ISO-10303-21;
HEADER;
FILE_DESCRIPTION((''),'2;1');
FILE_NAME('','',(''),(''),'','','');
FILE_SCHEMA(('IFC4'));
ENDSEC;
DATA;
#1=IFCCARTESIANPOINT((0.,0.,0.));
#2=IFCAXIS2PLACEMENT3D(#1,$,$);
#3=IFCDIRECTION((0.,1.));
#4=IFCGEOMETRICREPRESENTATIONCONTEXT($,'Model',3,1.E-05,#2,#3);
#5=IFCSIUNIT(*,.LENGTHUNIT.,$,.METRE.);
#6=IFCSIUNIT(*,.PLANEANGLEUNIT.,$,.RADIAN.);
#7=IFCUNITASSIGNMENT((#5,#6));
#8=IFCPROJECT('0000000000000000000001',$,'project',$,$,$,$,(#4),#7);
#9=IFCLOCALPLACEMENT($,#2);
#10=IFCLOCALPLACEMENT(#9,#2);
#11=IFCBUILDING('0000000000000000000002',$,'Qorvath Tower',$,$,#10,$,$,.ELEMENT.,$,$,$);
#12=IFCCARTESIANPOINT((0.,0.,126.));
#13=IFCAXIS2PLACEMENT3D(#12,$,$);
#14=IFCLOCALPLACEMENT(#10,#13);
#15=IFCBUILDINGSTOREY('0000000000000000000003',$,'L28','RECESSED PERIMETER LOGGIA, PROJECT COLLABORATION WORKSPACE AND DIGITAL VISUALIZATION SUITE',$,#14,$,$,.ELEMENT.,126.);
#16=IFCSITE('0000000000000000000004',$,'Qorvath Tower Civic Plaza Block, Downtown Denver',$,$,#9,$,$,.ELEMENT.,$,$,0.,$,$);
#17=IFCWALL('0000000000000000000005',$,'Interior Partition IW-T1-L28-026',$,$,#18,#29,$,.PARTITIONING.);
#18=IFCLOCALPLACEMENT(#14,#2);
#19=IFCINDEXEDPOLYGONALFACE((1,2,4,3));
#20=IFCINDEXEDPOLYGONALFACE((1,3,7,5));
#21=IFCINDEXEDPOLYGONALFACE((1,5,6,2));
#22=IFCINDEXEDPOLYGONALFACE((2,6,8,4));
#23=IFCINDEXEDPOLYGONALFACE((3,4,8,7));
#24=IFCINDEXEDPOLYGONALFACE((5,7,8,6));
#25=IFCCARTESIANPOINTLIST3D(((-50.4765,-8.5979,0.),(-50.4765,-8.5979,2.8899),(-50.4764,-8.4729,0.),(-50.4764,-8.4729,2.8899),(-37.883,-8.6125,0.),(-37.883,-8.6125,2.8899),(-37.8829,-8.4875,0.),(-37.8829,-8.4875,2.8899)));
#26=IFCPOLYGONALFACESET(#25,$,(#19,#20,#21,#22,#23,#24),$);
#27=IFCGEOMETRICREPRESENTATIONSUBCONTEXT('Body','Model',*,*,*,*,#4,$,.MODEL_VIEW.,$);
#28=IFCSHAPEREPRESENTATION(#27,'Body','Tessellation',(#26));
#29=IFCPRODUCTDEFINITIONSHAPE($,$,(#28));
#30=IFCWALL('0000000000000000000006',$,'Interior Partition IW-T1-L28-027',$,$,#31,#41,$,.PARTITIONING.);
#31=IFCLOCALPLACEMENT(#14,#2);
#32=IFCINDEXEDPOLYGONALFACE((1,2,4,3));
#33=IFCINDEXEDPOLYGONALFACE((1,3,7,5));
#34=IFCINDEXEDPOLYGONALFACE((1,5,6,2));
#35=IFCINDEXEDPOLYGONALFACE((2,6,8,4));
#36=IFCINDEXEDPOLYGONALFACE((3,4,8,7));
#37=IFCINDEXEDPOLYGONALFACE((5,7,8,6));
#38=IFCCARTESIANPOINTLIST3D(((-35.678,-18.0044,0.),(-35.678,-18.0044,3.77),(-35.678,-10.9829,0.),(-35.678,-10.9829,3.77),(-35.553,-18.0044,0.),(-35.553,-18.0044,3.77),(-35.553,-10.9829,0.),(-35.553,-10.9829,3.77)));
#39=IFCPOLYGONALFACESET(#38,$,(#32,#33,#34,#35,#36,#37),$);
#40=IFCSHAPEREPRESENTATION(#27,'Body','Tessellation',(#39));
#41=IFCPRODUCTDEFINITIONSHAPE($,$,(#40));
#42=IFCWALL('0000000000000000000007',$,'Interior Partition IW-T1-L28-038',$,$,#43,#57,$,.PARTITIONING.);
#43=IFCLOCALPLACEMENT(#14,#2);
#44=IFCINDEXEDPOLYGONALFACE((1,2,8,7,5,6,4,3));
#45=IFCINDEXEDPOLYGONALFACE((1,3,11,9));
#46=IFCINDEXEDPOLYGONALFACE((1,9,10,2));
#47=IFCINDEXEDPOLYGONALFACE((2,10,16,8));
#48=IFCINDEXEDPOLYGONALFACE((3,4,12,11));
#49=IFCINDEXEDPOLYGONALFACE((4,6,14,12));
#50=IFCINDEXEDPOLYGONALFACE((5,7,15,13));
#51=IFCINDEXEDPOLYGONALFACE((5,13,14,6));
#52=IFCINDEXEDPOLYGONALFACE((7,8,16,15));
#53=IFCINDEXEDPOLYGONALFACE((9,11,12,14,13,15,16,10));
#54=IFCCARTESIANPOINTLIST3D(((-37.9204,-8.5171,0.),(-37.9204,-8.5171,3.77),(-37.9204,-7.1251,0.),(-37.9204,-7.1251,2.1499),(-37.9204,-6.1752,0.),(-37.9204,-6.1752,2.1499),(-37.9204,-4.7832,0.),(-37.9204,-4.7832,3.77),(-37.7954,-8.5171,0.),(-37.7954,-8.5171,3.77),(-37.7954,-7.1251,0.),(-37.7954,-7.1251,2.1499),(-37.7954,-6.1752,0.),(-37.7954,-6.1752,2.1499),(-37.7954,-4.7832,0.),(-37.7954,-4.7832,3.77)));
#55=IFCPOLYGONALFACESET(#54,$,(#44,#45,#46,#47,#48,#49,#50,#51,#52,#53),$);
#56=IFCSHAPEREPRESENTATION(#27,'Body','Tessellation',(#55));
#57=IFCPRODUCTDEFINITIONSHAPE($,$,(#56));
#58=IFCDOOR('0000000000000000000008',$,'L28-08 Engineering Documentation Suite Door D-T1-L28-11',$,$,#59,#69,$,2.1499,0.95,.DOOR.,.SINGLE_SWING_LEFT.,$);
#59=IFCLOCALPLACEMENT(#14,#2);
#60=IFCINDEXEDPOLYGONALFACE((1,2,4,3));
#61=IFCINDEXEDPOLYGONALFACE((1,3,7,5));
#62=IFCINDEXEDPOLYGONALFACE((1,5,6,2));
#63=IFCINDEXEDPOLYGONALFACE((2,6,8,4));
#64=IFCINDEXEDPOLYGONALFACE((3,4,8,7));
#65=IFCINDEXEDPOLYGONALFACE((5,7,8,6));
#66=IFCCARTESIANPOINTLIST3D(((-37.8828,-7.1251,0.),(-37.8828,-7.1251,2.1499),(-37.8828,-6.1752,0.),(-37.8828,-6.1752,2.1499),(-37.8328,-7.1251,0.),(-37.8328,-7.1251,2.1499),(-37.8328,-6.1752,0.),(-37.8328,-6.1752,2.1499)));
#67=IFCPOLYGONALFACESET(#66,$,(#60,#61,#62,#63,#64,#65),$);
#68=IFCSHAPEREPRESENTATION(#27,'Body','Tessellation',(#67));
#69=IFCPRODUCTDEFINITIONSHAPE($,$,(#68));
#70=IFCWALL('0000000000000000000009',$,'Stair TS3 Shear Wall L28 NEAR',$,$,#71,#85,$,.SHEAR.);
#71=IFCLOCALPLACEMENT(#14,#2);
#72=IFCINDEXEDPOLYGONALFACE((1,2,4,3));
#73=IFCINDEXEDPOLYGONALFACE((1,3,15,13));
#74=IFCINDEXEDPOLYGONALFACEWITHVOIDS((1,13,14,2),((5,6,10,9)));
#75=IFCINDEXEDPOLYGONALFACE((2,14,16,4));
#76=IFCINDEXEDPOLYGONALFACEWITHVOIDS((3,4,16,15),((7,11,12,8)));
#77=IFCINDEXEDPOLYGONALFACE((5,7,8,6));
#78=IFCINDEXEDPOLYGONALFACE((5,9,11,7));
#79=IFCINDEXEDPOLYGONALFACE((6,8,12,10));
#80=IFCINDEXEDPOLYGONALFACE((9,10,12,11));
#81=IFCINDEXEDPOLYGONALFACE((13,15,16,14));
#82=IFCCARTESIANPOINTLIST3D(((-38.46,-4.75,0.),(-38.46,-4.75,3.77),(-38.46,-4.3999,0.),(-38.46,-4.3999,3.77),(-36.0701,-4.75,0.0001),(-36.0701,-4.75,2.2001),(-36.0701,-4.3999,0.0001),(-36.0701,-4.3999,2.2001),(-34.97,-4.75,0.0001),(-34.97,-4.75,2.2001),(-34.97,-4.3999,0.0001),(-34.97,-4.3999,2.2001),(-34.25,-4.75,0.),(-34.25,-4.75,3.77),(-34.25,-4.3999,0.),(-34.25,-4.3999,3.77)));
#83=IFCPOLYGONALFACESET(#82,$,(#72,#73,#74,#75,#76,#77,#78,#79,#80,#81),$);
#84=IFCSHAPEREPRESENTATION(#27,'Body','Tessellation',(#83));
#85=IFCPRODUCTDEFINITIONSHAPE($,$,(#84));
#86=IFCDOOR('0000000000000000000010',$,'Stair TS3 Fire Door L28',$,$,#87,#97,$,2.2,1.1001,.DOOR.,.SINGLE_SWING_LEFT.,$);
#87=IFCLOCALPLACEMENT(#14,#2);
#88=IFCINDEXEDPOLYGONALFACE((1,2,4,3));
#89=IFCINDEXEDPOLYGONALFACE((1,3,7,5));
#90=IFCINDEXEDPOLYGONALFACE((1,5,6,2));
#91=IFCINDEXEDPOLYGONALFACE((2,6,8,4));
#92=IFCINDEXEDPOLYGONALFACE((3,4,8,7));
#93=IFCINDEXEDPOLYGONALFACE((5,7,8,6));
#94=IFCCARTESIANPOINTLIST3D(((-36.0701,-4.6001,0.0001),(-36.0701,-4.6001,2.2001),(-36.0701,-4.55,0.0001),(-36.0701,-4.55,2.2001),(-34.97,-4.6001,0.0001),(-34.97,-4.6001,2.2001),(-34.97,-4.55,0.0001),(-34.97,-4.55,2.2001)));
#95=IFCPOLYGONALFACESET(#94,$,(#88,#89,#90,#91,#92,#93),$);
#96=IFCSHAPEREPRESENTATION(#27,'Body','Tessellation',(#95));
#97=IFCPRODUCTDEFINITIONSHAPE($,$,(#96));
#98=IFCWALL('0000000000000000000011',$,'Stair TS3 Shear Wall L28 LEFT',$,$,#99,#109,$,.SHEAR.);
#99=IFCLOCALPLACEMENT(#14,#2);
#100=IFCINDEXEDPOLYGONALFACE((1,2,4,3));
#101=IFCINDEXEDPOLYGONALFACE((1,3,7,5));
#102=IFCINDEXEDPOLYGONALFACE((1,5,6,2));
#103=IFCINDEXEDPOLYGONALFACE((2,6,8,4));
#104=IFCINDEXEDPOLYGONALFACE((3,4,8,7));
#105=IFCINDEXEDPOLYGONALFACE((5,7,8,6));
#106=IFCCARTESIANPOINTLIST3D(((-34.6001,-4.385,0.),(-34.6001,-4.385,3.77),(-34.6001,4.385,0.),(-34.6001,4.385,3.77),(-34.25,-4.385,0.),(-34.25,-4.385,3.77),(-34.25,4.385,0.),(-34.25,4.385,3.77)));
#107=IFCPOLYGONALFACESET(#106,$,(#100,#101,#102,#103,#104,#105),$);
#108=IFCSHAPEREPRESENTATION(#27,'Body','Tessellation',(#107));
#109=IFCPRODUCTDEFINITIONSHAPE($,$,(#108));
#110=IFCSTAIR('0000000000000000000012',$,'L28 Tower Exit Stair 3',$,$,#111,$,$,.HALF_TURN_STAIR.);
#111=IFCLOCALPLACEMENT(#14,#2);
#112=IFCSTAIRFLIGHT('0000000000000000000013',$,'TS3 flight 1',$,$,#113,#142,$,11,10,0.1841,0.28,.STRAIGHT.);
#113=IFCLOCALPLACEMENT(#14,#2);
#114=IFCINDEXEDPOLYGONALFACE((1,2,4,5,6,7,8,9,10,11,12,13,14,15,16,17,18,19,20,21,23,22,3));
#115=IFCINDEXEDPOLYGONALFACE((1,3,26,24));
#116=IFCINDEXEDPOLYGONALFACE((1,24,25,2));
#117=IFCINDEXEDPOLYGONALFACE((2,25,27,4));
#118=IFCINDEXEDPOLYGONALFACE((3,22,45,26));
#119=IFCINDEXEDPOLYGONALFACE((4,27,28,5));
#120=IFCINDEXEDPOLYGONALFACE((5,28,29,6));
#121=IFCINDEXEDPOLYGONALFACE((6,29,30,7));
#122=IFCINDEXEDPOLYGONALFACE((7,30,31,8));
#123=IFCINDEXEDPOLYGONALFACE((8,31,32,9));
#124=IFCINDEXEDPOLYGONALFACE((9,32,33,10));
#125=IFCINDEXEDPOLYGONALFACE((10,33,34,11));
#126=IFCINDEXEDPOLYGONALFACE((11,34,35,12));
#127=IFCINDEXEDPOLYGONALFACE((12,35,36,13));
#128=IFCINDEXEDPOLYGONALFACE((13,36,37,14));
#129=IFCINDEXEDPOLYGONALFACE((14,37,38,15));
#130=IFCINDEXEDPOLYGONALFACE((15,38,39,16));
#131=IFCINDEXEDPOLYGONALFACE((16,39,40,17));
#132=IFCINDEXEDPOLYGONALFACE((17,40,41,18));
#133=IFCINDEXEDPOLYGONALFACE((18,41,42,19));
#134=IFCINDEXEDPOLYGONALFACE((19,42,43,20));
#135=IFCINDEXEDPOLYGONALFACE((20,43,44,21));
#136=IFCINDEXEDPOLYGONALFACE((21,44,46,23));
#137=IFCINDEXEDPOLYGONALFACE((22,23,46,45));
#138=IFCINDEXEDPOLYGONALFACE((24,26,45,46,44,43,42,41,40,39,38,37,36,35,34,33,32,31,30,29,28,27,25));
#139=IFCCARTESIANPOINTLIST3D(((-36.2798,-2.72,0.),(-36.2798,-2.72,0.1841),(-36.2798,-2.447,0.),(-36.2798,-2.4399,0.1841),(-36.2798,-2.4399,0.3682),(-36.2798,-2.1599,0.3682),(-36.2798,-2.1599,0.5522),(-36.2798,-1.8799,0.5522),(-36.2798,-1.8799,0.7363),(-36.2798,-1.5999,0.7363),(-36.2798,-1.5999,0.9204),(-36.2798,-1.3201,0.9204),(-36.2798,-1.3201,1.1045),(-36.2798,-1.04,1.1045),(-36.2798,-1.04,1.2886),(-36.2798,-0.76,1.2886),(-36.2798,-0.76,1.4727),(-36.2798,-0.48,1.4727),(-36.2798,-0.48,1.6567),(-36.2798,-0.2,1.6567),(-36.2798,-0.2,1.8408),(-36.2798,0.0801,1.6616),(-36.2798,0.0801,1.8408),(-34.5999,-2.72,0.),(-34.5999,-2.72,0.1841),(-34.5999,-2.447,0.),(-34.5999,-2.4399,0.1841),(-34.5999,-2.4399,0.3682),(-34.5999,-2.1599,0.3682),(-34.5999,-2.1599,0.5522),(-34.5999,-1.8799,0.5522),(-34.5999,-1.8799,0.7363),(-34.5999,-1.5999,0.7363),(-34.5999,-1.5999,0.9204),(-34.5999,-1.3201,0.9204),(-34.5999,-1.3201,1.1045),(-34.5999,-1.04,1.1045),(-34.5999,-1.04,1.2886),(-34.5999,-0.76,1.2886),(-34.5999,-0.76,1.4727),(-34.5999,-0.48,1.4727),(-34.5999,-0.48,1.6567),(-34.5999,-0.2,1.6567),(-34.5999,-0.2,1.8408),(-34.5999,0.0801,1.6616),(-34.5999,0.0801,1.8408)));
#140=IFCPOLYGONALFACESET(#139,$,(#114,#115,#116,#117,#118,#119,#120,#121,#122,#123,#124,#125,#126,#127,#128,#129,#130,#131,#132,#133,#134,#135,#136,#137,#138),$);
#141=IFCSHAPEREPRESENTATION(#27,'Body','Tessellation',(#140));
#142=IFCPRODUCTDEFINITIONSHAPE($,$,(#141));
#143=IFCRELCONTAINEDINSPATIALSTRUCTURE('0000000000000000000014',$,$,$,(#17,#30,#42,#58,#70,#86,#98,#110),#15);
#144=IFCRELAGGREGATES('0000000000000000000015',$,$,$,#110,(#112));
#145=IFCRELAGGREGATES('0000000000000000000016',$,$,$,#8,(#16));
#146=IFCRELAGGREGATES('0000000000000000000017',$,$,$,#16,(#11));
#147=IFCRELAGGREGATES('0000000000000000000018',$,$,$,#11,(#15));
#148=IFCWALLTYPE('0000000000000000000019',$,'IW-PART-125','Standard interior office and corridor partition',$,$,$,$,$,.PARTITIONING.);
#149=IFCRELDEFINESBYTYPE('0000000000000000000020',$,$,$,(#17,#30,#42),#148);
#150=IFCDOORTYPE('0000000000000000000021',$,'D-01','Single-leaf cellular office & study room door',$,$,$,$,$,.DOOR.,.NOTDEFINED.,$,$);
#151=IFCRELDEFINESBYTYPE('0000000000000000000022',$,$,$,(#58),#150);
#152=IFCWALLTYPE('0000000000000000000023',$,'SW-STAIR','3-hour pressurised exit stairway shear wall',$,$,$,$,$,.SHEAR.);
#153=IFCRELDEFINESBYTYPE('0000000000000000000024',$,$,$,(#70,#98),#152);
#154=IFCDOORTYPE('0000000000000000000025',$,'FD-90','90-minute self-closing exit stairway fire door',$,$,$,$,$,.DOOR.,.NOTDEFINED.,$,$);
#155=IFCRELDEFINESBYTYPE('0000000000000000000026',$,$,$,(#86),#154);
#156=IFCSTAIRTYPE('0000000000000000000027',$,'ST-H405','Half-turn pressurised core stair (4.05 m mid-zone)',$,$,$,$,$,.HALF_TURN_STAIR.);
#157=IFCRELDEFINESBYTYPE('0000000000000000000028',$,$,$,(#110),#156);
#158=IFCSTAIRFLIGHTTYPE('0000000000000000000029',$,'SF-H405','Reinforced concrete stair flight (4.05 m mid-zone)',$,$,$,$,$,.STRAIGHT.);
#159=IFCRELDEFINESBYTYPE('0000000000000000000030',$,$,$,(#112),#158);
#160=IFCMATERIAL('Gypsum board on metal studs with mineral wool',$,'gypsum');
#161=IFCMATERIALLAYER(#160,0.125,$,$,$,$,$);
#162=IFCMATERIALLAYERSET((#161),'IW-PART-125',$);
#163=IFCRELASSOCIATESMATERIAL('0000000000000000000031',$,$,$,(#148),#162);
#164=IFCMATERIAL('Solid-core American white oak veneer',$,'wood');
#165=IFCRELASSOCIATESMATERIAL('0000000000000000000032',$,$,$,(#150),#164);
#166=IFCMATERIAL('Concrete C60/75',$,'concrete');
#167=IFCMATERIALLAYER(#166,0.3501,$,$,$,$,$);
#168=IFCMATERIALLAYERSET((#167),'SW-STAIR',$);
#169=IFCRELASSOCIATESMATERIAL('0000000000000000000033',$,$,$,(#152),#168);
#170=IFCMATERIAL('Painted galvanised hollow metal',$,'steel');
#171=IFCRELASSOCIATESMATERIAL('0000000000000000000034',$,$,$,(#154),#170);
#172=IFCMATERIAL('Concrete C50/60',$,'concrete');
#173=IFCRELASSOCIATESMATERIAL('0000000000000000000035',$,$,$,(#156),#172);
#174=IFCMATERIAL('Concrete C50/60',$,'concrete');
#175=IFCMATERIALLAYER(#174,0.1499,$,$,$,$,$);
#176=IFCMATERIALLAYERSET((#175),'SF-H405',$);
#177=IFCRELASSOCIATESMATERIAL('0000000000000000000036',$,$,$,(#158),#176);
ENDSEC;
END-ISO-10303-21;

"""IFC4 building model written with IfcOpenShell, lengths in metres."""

from ifc_helpers import new_model, si_unit, direction, frame, frame_2d, origin, place, context, subcontext, project, spatial, polyline, rectangle, outline, extrude, material, layer, layer_set, type_object, element, fill, aggregate, save


model = new_model("IFC4")

# Units and contexts
model_context = context("Model", 3, precision=1e-05, world=origin(), true_north=direction((0.0, 1.0)))
body_context = subcontext(model_context, "Body", "Model", "MODEL_VIEW")
ifc_project = project(units=[si_unit("LENGTHUNIT", "METRE"), si_unit("PLANEANGLEUNIT", "RADIAN")], contexts=[model_context])

# Site, building, storey
site_placement = place(None, origin())
site = spatial("IfcSite", under=ifc_project, at=site_placement, Name="Qorvath Tower Civic Plaza Block, Downtown Denver", CompositionType="ELEMENT", RefElevation=0.0)
building_placement = place(site_placement, origin())
building = spatial("IfcBuilding", under=site, at=building_placement, Name="Qorvath Tower", CompositionType="ELEMENT")
storey_placement = place(building_placement, frame((0.0, 0.0, 126.0)))
storey = spatial("IfcBuildingStorey", under=building, at=storey_placement, Name="L28", Description="RECESSED PERIMETER LOGGIA, PROJECT COLLABORATION WORKSPACE AND DIGITAL VISUALIZATION SUITE", CompositionType="ELEMENT", Elevation=126.0)

# Shared definitions
ifc_material_1 = material(Name="Gypsum board on metal studs with mineral wool", Category="gypsum")
ifc_layer_1 = layer(ifc_material_1, 0.125)
ifc_layer_set_1 = layer_set([ifc_layer_1], Name="IW-PART-125")
wall_type_1 = type_object("IfcWallType", Name="IW-PART-125", Description="Standard interior office and corridor partition", PredefinedType="PARTITIONING", material=ifc_layer_set_1)

# Shared definitions
ifc_material_2 = material(Name="Solid-core American white oak veneer", Category="wood")
door_type_1 = type_object("IfcDoorType", Name="D-01", Description="Single-leaf cellular office & study room door", OperationType="NOTDEFINED", PredefinedType="DOOR", material=ifc_material_2)

# Walls
wall_1_placement = place(storey_placement, frame((-37.8828, -8.55, 0.0), z_axis=(0.0, 0.0, 1.0), x_axis=(-0.999999, 0.001163, 0.0)))
element("IfcWall", 1, at=wall_1_placement, inside=storey, type_object=wall_type_1, Name="Interior Partition IW-T1-L28-026", PredefinedType="PARTITIONING", context=body_context, shape_type="SweptSolid", body=[
    extrude(rectangle(XDim=12.5935, YDim=0.125, at=frame_2d((6.2969, 0.0))), origin(), (0.0, 0.0, 1.0), 2.8899),
])
wall_2_placement = place(storey_placement, frame((-35.6155, -18.0044, 0.0), z_axis=(0.0, 0.0, 1.0), x_axis=(0.0, 1.0, 0.0)))
element("IfcWall", 2, at=wall_2_placement, inside=storey, type_object=wall_type_1, Name="Interior Partition IW-T1-L28-027", PredefinedType="PARTITIONING", context=body_context, shape_type="SweptSolid", body=[
    extrude(rectangle(XDim=7.0215, YDim=0.125, at=frame_2d((3.5107, 0.0))), origin(), (0.0, 0.0, 1.0), 3.77),
])

# Walls, openings, doors
wall_3_placement = place(storey_placement, frame((-37.8579, -8.5171, 0.0), z_axis=(0.0, 0.0, 1.0), x_axis=(0.0, 1.0, 0.0)))
wall_3 = element("IfcWall", 3, at=wall_3_placement, inside=storey, type_object=wall_type_1, Name="Interior Partition IW-T1-L28-038", PredefinedType="PARTITIONING", context=body_context, shape_type="SweptSolid", body=[
    extrude(rectangle(XDim=3.7339, YDim=0.125, at=frame_2d((1.8669, 0.0))), origin(), (0.0, 0.0, 1.0), 3.77),
])
opening_1_placement = place(wall_3_placement, frame((1.3918, 0.0, 0.0)))
opening_1 = element("IfcOpeningElement", 4, at=opening_1_placement, cuts=wall_3, PredefinedType="OPENING", context=body_context, shape_type="SweptSolid", body=[
    extrude(rectangle(XDim=0.95, YDim=2.1499, at=frame_2d((0.4751, 1.075))), frame((0.0, 0.0725, 0.0), z_axis=(0.0, -1.0, 0.0), x_axis=(1.0, 0.0, 0.0)), (0.0, 0.0, 1.0), 0.145),
])
door_1_placement = place(opening_1_placement, origin())
door_1 = element("IfcDoor", 5, at=door_1_placement, inside=storey, type_object=door_type_1, Name="L28-08 Engineering Documentation Suite Door D-T1-L28-11", OperationType="SINGLE_SWING_LEFT", OverallHeight=2.1499, OverallWidth=0.95, PredefinedType="DOOR", context=body_context, shape_type="SweptSolid", body=[
    extrude(rectangle(XDim=0.95, YDim=2.1499, at=frame_2d((0.4751, 1.075))), frame((0.0, 0.0249, 0.0), z_axis=(0.0, -1.0, 0.0), x_axis=(1.0, 0.0, 0.0)), (0.0, 0.0, 1.0), 0.05),
])
fill(opening_1, door_1)
ifc_material_3 = material(Name="Concrete C60/75", Category="concrete")
ifc_layer_2 = layer(ifc_material_3, 0.3501)
ifc_layer_set_2 = layer_set([ifc_layer_2], Name="SW-STAIR")
wall_type_2 = type_object("IfcWallType", Name="SW-STAIR", Description="3-hour pressurised exit stairway shear wall", PredefinedType="SHEAR", material=ifc_layer_set_2)
wall_4_placement = place(storey_placement, frame((-38.46, -4.575, 0.0), z_axis=(0.0, 0.0, 1.0), x_axis=(1.0, 0.0, 0.0)))
wall_4 = element("IfcWall", 6, at=wall_4_placement, inside=storey, type_object=wall_type_2, Name="Stair TS3 Shear Wall L28 NEAR", PredefinedType="SHEAR", context=body_context, shape_type="SweptSolid", body=[
    extrude(rectangle(XDim=4.21, YDim=0.3501, at=frame_2d((2.105, 0.0))), origin(), (0.0, 0.0, 1.0), 3.77),
])
opening_2_placement = place(wall_4_placement, frame((2.3899, 0.0, 0.0)))
opening_2 = element("IfcOpeningElement", 7, at=opening_2_placement, cuts=wall_4, PredefinedType="OPENING", context=body_context, shape_type="SweptSolid", body=[
    extrude(rectangle(XDim=1.1001, YDim=2.2, at=frame_2d((0.55, 1.1001))), frame((0.0, 0.1851, 0.0), z_axis=(0.0, -1.0, 0.0), x_axis=(1.0, 0.0, 0.0)), (0.0, 0.0, 1.0), 0.3701),
])
ifc_material_4 = material(Name="Painted galvanised hollow metal", Category="steel")
door_type_2 = type_object("IfcDoorType", Name="FD-90", Description="90-minute self-closing exit stairway fire door", OperationType="NOTDEFINED", PredefinedType="DOOR", material=ifc_material_4)
door_2_placement = place(opening_2_placement, origin())
door_2 = element("IfcDoor", 8, at=door_2_placement, inside=storey, type_object=door_type_2, Name="Stair TS3 Fire Door L28", OperationType="SINGLE_SWING_LEFT", OverallHeight=2.2, OverallWidth=1.1001, PredefinedType="DOOR", context=body_context, shape_type="SweptSolid", body=[
    extrude(rectangle(XDim=1.1001, YDim=2.2, at=frame_2d((0.55, 1.1001))), frame((0.0, 0.0249, 0.0), z_axis=(0.0, -1.0, 0.0), x_axis=(1.0, 0.0, 0.0)), (0.0, 0.0, 1.0), 0.05),
])
fill(opening_2, door_2)

# Wall
wall_5_placement = place(storey_placement, frame((-34.425, -4.385, 0.0), z_axis=(0.0, 0.0, 1.0), x_axis=(0.0, 1.0, 0.0)))
element("IfcWall", 9, at=wall_5_placement, inside=storey, type_object=wall_type_2, Name="Stair TS3 Shear Wall L28 LEFT", PredefinedType="SHEAR", context=body_context, shape_type="SweptSolid", body=[
    extrude(rectangle(XDim=8.77, YDim=0.3501, at=frame_2d((4.385, 0.0))), origin(), (0.0, 0.0, 1.0), 3.77),
])

# Stair, stair flight
ifc_material_5 = material(Name="Concrete C50/60", Category="concrete")
stair_type = type_object("IfcStairType", Name="ST-H405", Description="Half-turn pressurised core stair (4.05 m mid-zone)", PredefinedType="HALF_TURN_STAIR", material=ifc_material_5)
stair_placement = place(storey_placement, origin())
stair = element("IfcStair", 10, at=stair_placement, inside=storey, type_object=stair_type, Name="L28 Tower Exit Stair 3", PredefinedType="HALF_TURN_STAIR")
ifc_material_6 = material(Name="Concrete C50/60", Category="concrete")
ifc_layer_3 = layer(ifc_material_6, 0.1499)
ifc_layer_set_3 = layer_set([ifc_layer_3], Name="SF-H405")
stair_flight_type = type_object("IfcStairFlightType", Name="SF-H405", Description="Reinforced concrete stair flight (4.05 m mid-zone)", PredefinedType="STRAIGHT", material=ifc_layer_set_3)
stair_flight_placement = place(storey_placement, frame((-35.4399, -2.72, 0.0), z_axis=(0.0, 0.0, 1.0), x_axis=(0.0, 1.0, 0.0)))
stair_flight = element("IfcStairFlight", 11, at=stair_flight_placement, type_object=stair_flight_type, Name="TS3 flight 1", NumberOfRisers=11, NumberOfTreads=10, PredefinedType="STRAIGHT", RiserHeight=0.1841, TreadLength=0.28, context=body_context, shape_type="SweptSolid", body=[
    extrude(outline(polyline([(0.0, 0.0), (0.0, 0.1841), (0.28, 0.1841), (0.28, 0.3682), (0.5601, 0.3682), (0.5601, 0.5522), (0.8401, 0.5522), (0.8401, 0.7363), (1.1201, 0.7363), (1.1201, 0.9204), (1.3999, 0.9204), (1.3999, 1.1045), (1.6799, 1.1045), (1.6799, 1.2886), (1.96, 1.2886), (1.96, 1.4727), (2.24, 1.4727), (2.24, 1.6567), (2.52, 1.6567), (2.52, 1.8408), (2.8, 1.8408), (2.8, 2.0249), (2.8, 1.6616), (0.2729, 0.0), (0.0, 0.0)])), frame((0.0, 0.8398, 0.0), z_axis=(0.0, -1.0, 0.0), x_axis=(1.0, 0.0, 0.0)), (0.0, 0.0, 1.0), 1.6799),
])
aggregate(stair, [stair_flight])

save(model, "model.ifc")
